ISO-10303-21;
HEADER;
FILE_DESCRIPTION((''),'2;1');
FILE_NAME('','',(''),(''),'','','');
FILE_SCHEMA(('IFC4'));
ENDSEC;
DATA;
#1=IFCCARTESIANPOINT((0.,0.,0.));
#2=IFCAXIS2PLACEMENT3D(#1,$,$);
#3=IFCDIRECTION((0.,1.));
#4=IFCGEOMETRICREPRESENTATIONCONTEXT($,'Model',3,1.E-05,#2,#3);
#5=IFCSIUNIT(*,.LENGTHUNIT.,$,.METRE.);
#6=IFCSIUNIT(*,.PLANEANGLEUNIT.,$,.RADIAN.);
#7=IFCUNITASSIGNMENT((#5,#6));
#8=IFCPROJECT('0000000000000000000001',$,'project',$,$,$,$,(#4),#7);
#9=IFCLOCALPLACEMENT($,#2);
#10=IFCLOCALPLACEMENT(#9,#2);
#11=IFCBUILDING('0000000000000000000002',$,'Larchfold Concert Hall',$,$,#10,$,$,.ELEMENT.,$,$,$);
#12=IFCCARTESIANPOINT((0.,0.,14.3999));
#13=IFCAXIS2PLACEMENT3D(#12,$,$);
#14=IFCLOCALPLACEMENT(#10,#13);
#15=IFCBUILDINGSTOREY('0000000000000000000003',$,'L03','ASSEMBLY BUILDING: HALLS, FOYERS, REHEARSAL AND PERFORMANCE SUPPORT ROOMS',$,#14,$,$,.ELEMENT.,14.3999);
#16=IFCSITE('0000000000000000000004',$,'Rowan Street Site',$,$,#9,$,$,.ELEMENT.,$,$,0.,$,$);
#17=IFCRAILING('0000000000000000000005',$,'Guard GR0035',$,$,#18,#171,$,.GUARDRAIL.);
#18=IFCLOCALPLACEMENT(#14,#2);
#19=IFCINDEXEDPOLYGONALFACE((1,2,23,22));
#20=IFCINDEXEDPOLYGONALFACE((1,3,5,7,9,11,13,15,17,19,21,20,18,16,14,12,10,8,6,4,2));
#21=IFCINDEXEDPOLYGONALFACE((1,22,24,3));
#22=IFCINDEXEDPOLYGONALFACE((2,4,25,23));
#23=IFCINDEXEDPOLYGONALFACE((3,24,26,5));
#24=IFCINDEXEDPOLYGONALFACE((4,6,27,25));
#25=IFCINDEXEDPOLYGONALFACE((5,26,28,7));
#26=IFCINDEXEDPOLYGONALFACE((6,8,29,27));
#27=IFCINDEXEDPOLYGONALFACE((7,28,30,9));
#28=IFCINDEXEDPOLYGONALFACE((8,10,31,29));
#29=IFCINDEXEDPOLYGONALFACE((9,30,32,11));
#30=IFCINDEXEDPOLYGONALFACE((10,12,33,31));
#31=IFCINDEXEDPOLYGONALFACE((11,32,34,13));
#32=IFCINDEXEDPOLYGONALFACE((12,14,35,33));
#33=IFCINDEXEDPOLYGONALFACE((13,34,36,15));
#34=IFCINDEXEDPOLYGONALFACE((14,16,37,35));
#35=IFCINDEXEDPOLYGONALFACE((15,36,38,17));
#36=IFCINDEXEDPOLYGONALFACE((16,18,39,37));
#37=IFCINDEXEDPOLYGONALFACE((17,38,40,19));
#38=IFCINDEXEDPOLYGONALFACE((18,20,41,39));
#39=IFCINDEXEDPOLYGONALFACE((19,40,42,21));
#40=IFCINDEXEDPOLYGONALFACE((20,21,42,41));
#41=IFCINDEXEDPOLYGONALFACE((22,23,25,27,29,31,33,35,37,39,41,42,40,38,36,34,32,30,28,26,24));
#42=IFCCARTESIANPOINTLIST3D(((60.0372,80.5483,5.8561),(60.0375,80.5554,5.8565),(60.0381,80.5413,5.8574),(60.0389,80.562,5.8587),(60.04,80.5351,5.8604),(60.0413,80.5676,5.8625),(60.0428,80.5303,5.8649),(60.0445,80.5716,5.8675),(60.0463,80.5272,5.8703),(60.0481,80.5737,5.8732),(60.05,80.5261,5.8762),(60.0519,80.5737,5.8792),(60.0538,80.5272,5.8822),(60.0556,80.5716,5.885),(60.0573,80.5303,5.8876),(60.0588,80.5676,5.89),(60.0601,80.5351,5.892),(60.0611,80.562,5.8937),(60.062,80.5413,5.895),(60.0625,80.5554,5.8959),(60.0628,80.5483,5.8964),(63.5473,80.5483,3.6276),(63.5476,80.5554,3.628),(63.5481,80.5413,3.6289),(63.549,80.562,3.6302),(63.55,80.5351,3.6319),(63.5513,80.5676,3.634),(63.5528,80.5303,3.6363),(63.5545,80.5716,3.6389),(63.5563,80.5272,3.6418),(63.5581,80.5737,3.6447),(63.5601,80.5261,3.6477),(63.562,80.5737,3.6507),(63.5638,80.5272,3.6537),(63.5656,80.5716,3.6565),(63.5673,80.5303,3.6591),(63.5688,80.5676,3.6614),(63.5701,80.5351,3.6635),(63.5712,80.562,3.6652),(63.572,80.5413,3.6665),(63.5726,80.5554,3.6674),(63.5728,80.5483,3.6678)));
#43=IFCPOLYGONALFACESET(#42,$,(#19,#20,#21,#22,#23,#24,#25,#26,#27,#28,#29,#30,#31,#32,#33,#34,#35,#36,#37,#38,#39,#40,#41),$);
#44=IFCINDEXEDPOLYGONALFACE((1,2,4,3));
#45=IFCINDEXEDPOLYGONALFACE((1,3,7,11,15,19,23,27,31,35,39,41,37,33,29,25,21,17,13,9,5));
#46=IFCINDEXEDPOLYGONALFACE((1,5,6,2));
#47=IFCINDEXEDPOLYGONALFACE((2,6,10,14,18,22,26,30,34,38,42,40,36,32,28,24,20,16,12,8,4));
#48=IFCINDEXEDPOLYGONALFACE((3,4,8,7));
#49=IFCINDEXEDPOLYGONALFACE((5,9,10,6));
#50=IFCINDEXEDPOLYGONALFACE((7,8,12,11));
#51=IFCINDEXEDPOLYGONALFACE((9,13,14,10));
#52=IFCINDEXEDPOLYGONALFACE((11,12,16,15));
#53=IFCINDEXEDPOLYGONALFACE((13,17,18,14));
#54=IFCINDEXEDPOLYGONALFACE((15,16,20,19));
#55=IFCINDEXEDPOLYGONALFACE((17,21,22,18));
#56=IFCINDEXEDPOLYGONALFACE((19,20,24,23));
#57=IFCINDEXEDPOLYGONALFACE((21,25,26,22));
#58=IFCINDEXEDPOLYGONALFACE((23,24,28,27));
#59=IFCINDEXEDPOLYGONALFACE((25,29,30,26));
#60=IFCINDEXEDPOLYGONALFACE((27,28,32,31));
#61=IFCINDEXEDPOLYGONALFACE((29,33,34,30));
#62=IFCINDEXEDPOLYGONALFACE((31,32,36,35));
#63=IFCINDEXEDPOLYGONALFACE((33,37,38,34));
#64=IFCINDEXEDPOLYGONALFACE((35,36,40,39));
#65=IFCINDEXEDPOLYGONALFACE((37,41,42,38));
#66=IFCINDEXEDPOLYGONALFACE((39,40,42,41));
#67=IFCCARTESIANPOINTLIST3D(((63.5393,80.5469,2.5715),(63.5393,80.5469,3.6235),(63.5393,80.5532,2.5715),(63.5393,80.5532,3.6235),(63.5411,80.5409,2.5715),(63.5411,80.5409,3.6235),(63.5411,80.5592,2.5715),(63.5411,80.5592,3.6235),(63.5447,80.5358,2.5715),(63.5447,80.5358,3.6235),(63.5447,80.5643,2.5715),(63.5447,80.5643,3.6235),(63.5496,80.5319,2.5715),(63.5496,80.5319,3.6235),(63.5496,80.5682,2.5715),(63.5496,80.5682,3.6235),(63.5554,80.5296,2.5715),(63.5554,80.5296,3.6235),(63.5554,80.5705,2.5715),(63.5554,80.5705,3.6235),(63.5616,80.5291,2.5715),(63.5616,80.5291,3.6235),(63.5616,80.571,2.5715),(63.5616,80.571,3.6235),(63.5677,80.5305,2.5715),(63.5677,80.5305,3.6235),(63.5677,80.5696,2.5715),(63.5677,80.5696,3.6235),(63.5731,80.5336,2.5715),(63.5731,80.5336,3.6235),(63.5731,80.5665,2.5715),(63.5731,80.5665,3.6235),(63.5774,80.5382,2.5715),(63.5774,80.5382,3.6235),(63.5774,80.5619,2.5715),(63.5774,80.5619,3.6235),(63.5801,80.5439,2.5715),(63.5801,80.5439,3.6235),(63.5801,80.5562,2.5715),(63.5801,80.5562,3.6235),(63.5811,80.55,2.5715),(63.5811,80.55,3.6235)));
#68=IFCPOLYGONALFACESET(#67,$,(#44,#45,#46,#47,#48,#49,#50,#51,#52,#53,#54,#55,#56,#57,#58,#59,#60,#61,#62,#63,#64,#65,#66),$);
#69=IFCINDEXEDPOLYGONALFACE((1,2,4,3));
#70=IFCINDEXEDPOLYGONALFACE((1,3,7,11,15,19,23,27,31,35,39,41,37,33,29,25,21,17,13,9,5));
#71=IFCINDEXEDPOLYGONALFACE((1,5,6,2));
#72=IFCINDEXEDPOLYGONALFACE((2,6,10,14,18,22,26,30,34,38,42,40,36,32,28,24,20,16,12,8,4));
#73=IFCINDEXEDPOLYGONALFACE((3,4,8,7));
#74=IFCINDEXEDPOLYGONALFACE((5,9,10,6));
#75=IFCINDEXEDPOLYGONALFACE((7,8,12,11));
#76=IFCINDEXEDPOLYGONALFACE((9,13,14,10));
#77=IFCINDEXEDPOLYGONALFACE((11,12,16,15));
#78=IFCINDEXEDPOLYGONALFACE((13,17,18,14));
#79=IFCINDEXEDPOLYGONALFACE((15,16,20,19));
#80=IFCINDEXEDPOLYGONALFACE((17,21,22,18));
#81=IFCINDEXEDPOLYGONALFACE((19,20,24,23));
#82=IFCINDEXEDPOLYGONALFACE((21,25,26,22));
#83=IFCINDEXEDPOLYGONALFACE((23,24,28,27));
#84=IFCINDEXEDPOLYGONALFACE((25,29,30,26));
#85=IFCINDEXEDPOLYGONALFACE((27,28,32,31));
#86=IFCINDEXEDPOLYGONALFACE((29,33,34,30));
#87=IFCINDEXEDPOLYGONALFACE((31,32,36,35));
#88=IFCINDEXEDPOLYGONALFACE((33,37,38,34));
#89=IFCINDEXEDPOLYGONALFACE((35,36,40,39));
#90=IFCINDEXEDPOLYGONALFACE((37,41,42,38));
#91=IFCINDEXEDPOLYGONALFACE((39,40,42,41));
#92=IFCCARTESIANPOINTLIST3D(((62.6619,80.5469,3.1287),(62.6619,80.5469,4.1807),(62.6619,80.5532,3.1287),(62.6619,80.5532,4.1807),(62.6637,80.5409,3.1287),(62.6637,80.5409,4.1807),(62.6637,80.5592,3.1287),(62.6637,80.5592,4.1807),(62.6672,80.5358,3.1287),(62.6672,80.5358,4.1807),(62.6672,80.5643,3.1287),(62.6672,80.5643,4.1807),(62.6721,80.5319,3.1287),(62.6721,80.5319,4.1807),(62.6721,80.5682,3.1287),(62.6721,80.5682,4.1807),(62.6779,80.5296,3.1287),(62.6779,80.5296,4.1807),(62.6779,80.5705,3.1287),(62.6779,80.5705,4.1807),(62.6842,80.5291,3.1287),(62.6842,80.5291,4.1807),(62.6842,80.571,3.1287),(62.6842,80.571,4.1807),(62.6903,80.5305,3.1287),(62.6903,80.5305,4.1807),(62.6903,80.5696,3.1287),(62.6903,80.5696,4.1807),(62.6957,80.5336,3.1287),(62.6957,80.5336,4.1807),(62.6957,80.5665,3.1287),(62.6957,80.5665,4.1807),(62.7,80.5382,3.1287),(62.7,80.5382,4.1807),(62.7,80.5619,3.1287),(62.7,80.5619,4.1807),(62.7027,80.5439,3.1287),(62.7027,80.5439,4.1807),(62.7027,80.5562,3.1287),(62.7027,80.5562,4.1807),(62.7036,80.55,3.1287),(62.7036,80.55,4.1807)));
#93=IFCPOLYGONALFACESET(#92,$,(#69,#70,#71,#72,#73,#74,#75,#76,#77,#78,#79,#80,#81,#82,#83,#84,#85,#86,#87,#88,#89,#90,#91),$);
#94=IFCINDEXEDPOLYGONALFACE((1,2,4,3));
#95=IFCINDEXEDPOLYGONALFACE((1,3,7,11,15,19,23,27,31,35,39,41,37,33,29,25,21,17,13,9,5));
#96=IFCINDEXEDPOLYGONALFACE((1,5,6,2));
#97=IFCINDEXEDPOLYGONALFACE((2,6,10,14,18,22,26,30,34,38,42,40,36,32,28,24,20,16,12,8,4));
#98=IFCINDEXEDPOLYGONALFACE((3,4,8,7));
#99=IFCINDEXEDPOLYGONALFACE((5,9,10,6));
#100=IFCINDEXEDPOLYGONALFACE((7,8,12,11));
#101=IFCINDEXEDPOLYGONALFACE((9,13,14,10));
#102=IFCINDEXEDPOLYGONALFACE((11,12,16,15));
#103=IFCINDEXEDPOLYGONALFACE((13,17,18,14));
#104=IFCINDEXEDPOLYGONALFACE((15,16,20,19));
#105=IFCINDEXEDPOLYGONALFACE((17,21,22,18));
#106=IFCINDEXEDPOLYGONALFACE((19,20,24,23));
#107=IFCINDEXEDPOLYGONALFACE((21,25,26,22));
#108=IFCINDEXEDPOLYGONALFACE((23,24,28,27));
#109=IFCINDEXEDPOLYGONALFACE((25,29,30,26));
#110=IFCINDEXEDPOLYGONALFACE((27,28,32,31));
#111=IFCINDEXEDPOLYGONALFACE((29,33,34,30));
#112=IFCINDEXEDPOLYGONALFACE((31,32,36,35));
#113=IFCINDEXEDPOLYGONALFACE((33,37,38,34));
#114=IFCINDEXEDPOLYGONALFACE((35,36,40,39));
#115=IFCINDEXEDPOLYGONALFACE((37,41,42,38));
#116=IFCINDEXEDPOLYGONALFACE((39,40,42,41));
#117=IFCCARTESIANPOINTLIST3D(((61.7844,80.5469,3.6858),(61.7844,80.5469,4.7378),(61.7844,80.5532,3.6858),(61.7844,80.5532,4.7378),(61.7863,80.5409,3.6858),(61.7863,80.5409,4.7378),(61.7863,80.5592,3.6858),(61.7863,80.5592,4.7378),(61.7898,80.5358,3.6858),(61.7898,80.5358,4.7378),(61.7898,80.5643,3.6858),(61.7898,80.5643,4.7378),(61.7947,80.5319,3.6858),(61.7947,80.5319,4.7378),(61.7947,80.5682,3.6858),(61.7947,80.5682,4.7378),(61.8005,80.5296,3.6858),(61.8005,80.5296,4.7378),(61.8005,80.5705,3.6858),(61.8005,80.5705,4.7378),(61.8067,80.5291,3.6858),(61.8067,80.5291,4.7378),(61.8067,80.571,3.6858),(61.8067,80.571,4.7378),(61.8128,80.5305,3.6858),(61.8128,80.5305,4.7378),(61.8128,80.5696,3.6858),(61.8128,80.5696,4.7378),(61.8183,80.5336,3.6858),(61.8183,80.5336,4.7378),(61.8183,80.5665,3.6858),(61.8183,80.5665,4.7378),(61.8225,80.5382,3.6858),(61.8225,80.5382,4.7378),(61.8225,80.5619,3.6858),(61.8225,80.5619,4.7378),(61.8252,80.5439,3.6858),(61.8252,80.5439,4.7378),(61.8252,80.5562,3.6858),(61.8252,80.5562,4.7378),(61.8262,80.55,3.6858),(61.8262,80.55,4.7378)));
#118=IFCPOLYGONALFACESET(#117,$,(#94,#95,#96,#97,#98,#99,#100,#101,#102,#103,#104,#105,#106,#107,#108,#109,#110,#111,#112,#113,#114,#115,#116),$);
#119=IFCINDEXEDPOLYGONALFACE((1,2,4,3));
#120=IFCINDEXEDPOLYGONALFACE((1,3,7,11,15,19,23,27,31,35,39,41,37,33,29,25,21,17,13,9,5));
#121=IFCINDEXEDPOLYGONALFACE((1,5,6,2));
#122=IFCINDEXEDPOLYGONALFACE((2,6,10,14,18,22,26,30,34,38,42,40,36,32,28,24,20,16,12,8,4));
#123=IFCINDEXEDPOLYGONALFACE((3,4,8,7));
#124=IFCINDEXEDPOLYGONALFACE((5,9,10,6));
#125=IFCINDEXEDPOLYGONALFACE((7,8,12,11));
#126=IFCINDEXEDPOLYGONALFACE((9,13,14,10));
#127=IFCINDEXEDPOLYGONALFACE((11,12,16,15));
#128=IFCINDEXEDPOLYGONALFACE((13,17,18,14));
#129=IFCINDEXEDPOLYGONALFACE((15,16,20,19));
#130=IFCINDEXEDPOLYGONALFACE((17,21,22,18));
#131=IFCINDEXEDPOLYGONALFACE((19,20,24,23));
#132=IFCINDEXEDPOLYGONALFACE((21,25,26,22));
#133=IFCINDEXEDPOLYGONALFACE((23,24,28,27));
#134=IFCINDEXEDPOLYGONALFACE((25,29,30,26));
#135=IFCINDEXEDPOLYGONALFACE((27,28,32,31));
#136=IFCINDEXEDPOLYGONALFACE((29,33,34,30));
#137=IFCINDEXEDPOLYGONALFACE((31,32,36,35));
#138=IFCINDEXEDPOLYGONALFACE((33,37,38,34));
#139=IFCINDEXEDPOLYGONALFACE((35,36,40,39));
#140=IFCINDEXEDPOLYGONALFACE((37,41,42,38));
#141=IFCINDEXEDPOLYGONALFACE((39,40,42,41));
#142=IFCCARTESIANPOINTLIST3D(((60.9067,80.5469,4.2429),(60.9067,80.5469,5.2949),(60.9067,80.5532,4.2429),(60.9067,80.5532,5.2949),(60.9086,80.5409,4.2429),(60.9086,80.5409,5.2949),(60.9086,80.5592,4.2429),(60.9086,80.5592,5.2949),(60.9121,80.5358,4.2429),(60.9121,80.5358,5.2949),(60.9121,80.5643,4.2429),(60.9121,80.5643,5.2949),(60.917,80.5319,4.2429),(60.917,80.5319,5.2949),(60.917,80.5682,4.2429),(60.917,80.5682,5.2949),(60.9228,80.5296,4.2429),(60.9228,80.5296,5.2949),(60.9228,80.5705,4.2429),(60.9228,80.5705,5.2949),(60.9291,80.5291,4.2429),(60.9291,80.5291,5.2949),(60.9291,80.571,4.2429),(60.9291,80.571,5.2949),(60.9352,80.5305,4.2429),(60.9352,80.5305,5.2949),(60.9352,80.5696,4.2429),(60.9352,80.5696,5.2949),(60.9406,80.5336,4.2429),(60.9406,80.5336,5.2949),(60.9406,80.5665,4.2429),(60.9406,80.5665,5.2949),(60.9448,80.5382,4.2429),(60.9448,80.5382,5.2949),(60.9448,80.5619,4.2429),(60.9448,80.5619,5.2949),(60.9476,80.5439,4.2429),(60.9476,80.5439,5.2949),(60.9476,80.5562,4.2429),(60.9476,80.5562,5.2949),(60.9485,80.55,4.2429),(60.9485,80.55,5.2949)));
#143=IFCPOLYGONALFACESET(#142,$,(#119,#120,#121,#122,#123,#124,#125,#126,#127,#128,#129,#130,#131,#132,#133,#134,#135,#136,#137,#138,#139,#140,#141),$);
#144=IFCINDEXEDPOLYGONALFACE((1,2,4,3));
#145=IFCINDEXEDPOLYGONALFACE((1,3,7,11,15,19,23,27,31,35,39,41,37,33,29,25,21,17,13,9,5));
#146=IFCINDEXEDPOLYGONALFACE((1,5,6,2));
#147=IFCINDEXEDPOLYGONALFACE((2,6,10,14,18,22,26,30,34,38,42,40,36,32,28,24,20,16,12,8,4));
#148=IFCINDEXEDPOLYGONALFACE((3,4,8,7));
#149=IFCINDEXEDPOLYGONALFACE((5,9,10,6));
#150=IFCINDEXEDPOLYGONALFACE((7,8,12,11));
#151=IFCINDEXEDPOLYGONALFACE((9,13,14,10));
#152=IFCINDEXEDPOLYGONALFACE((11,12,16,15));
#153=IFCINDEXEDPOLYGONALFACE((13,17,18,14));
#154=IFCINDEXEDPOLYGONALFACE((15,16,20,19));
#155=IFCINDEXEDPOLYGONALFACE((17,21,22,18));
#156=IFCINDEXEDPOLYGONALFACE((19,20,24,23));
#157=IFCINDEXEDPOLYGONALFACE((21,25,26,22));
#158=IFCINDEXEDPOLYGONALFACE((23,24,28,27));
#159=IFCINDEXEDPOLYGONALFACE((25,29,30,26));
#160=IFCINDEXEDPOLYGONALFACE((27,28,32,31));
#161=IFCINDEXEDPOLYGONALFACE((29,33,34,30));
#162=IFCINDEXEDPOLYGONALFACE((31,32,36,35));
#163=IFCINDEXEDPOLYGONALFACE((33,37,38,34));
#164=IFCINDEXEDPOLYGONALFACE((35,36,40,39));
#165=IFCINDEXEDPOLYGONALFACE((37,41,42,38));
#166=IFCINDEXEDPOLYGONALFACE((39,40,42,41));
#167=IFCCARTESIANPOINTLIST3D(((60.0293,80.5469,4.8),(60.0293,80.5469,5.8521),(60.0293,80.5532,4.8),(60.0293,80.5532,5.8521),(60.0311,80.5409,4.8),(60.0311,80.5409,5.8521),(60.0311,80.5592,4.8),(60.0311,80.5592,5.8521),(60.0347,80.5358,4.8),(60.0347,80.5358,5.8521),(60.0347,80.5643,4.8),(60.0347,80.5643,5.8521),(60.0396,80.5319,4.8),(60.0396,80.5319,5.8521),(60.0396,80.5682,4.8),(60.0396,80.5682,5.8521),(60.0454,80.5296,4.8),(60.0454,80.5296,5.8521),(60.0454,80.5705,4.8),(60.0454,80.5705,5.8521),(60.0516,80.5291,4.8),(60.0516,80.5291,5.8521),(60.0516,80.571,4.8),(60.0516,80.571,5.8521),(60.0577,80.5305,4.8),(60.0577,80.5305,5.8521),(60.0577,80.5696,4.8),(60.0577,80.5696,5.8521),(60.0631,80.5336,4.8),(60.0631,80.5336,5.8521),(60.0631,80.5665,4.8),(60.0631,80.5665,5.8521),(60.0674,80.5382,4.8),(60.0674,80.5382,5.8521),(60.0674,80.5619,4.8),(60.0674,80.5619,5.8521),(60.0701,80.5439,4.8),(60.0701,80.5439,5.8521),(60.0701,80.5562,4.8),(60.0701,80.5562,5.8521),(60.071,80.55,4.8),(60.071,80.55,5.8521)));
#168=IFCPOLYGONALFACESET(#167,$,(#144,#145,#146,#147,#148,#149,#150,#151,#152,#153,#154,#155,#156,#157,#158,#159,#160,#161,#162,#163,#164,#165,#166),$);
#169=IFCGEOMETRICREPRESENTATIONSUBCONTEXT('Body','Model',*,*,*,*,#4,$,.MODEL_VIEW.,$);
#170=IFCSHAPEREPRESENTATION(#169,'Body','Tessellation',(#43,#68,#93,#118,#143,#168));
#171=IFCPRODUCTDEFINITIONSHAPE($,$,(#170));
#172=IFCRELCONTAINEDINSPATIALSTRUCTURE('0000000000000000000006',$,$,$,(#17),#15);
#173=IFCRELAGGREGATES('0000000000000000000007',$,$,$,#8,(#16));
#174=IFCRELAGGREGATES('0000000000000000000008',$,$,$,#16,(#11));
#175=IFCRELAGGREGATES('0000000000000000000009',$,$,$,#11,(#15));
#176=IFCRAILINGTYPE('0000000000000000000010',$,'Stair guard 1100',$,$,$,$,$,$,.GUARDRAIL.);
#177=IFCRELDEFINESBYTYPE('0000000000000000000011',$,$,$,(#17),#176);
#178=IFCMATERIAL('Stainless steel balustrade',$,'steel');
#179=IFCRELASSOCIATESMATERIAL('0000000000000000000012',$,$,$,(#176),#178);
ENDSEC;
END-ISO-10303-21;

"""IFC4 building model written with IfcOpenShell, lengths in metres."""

from ifc_helpers import new_model, si_unit, direction, frame, origin, origin_2d, place, context, subcontext, project, spatial, circle, extrude, material, type_object, element, save


model = new_model("IFC4")

# Units and contexts
model_context = context("Model", 3, precision=1e-05, world=origin(), true_north=direction((0.0, 1.0)))
body_context = subcontext(model_context, "Body", "Model", "MODEL_VIEW")
ifc_project = project(units=[si_unit("LENGTHUNIT", "METRE"), si_unit("PLANEANGLEUNIT", "RADIAN")], contexts=[model_context])

# Site, building, storey
site_placement = place(None, origin())
site = spatial("IfcSite", under=ifc_project, at=site_placement, Name="Rowan Street Site", CompositionType="ELEMENT", RefElevation=0.0)
building_placement = place(site_placement, origin())
building = spatial("IfcBuilding", under=site, at=building_placement, Name="Larchfold Concert Hall", CompositionType="ELEMENT")
storey_placement = place(building_placement, frame((0.0, 0.0, 14.3999)))
storey = spatial("IfcBuildingStorey", under=building, at=storey_placement, Name="L03", Description="ASSEMBLY BUILDING: HALLS, FOYERS, REHEARSAL AND PERFORMANCE SUPPORT ROOMS", CompositionType="ELEMENT", Elevation=14.3999)

# Railing
ifc_material_1 = material(Name="Stainless steel balustrade", Category="steel")
railing_type_1 = type_object("IfcRailingType", Name="Stair guard 1100", PredefinedType="GUARDRAIL", material=ifc_material_1)
railing_1_placement = place(storey_placement, frame((63.5601, 80.55, 2.5715)))
element("IfcRailing", 1, at=railing_1_placement, inside=storey, type_object=railing_type_1, Name="Guard GR0035", PredefinedType="GUARDRAIL", context=body_context, shape_type="SweptSolid", body=[
    extrude(circle(Radius=0.0239, at=origin_2d()), frame((0.0, 0.0, 1.0762), z_axis=(-0.84422, 0.0, 0.535998), x_axis=(0.0, -1.0, 0.0)), (0.0, 0.0, 1.0), 4.1577),
    extrude(circle(Radius=0.021, at=origin_2d()), origin(), (0.0, 0.0, 1.0), 1.052),
    extrude(circle(Radius=0.021, at=origin_2d()), frame((-0.8774, 0.0, 0.5571)), (0.0, 0.0, 1.0), 1.052),
    extrude(circle(Radius=0.021, at=origin_2d()), frame((-1.7549, 0.0, 1.1143)), (0.0, 0.0, 1.0), 1.052),
    extrude(circle(Radius=0.021, at=origin_2d()), frame((-2.6326, 0.0, 1.6714)), (0.0, 0.0, 1.0), 1.052),
    extrude(circle(Radius=0.021, at=origin_2d()), frame((-3.51, 0.0, 2.2285)), (0.0, 0.0, 1.0), 1.052),
])

save(model, "model.ifc")
